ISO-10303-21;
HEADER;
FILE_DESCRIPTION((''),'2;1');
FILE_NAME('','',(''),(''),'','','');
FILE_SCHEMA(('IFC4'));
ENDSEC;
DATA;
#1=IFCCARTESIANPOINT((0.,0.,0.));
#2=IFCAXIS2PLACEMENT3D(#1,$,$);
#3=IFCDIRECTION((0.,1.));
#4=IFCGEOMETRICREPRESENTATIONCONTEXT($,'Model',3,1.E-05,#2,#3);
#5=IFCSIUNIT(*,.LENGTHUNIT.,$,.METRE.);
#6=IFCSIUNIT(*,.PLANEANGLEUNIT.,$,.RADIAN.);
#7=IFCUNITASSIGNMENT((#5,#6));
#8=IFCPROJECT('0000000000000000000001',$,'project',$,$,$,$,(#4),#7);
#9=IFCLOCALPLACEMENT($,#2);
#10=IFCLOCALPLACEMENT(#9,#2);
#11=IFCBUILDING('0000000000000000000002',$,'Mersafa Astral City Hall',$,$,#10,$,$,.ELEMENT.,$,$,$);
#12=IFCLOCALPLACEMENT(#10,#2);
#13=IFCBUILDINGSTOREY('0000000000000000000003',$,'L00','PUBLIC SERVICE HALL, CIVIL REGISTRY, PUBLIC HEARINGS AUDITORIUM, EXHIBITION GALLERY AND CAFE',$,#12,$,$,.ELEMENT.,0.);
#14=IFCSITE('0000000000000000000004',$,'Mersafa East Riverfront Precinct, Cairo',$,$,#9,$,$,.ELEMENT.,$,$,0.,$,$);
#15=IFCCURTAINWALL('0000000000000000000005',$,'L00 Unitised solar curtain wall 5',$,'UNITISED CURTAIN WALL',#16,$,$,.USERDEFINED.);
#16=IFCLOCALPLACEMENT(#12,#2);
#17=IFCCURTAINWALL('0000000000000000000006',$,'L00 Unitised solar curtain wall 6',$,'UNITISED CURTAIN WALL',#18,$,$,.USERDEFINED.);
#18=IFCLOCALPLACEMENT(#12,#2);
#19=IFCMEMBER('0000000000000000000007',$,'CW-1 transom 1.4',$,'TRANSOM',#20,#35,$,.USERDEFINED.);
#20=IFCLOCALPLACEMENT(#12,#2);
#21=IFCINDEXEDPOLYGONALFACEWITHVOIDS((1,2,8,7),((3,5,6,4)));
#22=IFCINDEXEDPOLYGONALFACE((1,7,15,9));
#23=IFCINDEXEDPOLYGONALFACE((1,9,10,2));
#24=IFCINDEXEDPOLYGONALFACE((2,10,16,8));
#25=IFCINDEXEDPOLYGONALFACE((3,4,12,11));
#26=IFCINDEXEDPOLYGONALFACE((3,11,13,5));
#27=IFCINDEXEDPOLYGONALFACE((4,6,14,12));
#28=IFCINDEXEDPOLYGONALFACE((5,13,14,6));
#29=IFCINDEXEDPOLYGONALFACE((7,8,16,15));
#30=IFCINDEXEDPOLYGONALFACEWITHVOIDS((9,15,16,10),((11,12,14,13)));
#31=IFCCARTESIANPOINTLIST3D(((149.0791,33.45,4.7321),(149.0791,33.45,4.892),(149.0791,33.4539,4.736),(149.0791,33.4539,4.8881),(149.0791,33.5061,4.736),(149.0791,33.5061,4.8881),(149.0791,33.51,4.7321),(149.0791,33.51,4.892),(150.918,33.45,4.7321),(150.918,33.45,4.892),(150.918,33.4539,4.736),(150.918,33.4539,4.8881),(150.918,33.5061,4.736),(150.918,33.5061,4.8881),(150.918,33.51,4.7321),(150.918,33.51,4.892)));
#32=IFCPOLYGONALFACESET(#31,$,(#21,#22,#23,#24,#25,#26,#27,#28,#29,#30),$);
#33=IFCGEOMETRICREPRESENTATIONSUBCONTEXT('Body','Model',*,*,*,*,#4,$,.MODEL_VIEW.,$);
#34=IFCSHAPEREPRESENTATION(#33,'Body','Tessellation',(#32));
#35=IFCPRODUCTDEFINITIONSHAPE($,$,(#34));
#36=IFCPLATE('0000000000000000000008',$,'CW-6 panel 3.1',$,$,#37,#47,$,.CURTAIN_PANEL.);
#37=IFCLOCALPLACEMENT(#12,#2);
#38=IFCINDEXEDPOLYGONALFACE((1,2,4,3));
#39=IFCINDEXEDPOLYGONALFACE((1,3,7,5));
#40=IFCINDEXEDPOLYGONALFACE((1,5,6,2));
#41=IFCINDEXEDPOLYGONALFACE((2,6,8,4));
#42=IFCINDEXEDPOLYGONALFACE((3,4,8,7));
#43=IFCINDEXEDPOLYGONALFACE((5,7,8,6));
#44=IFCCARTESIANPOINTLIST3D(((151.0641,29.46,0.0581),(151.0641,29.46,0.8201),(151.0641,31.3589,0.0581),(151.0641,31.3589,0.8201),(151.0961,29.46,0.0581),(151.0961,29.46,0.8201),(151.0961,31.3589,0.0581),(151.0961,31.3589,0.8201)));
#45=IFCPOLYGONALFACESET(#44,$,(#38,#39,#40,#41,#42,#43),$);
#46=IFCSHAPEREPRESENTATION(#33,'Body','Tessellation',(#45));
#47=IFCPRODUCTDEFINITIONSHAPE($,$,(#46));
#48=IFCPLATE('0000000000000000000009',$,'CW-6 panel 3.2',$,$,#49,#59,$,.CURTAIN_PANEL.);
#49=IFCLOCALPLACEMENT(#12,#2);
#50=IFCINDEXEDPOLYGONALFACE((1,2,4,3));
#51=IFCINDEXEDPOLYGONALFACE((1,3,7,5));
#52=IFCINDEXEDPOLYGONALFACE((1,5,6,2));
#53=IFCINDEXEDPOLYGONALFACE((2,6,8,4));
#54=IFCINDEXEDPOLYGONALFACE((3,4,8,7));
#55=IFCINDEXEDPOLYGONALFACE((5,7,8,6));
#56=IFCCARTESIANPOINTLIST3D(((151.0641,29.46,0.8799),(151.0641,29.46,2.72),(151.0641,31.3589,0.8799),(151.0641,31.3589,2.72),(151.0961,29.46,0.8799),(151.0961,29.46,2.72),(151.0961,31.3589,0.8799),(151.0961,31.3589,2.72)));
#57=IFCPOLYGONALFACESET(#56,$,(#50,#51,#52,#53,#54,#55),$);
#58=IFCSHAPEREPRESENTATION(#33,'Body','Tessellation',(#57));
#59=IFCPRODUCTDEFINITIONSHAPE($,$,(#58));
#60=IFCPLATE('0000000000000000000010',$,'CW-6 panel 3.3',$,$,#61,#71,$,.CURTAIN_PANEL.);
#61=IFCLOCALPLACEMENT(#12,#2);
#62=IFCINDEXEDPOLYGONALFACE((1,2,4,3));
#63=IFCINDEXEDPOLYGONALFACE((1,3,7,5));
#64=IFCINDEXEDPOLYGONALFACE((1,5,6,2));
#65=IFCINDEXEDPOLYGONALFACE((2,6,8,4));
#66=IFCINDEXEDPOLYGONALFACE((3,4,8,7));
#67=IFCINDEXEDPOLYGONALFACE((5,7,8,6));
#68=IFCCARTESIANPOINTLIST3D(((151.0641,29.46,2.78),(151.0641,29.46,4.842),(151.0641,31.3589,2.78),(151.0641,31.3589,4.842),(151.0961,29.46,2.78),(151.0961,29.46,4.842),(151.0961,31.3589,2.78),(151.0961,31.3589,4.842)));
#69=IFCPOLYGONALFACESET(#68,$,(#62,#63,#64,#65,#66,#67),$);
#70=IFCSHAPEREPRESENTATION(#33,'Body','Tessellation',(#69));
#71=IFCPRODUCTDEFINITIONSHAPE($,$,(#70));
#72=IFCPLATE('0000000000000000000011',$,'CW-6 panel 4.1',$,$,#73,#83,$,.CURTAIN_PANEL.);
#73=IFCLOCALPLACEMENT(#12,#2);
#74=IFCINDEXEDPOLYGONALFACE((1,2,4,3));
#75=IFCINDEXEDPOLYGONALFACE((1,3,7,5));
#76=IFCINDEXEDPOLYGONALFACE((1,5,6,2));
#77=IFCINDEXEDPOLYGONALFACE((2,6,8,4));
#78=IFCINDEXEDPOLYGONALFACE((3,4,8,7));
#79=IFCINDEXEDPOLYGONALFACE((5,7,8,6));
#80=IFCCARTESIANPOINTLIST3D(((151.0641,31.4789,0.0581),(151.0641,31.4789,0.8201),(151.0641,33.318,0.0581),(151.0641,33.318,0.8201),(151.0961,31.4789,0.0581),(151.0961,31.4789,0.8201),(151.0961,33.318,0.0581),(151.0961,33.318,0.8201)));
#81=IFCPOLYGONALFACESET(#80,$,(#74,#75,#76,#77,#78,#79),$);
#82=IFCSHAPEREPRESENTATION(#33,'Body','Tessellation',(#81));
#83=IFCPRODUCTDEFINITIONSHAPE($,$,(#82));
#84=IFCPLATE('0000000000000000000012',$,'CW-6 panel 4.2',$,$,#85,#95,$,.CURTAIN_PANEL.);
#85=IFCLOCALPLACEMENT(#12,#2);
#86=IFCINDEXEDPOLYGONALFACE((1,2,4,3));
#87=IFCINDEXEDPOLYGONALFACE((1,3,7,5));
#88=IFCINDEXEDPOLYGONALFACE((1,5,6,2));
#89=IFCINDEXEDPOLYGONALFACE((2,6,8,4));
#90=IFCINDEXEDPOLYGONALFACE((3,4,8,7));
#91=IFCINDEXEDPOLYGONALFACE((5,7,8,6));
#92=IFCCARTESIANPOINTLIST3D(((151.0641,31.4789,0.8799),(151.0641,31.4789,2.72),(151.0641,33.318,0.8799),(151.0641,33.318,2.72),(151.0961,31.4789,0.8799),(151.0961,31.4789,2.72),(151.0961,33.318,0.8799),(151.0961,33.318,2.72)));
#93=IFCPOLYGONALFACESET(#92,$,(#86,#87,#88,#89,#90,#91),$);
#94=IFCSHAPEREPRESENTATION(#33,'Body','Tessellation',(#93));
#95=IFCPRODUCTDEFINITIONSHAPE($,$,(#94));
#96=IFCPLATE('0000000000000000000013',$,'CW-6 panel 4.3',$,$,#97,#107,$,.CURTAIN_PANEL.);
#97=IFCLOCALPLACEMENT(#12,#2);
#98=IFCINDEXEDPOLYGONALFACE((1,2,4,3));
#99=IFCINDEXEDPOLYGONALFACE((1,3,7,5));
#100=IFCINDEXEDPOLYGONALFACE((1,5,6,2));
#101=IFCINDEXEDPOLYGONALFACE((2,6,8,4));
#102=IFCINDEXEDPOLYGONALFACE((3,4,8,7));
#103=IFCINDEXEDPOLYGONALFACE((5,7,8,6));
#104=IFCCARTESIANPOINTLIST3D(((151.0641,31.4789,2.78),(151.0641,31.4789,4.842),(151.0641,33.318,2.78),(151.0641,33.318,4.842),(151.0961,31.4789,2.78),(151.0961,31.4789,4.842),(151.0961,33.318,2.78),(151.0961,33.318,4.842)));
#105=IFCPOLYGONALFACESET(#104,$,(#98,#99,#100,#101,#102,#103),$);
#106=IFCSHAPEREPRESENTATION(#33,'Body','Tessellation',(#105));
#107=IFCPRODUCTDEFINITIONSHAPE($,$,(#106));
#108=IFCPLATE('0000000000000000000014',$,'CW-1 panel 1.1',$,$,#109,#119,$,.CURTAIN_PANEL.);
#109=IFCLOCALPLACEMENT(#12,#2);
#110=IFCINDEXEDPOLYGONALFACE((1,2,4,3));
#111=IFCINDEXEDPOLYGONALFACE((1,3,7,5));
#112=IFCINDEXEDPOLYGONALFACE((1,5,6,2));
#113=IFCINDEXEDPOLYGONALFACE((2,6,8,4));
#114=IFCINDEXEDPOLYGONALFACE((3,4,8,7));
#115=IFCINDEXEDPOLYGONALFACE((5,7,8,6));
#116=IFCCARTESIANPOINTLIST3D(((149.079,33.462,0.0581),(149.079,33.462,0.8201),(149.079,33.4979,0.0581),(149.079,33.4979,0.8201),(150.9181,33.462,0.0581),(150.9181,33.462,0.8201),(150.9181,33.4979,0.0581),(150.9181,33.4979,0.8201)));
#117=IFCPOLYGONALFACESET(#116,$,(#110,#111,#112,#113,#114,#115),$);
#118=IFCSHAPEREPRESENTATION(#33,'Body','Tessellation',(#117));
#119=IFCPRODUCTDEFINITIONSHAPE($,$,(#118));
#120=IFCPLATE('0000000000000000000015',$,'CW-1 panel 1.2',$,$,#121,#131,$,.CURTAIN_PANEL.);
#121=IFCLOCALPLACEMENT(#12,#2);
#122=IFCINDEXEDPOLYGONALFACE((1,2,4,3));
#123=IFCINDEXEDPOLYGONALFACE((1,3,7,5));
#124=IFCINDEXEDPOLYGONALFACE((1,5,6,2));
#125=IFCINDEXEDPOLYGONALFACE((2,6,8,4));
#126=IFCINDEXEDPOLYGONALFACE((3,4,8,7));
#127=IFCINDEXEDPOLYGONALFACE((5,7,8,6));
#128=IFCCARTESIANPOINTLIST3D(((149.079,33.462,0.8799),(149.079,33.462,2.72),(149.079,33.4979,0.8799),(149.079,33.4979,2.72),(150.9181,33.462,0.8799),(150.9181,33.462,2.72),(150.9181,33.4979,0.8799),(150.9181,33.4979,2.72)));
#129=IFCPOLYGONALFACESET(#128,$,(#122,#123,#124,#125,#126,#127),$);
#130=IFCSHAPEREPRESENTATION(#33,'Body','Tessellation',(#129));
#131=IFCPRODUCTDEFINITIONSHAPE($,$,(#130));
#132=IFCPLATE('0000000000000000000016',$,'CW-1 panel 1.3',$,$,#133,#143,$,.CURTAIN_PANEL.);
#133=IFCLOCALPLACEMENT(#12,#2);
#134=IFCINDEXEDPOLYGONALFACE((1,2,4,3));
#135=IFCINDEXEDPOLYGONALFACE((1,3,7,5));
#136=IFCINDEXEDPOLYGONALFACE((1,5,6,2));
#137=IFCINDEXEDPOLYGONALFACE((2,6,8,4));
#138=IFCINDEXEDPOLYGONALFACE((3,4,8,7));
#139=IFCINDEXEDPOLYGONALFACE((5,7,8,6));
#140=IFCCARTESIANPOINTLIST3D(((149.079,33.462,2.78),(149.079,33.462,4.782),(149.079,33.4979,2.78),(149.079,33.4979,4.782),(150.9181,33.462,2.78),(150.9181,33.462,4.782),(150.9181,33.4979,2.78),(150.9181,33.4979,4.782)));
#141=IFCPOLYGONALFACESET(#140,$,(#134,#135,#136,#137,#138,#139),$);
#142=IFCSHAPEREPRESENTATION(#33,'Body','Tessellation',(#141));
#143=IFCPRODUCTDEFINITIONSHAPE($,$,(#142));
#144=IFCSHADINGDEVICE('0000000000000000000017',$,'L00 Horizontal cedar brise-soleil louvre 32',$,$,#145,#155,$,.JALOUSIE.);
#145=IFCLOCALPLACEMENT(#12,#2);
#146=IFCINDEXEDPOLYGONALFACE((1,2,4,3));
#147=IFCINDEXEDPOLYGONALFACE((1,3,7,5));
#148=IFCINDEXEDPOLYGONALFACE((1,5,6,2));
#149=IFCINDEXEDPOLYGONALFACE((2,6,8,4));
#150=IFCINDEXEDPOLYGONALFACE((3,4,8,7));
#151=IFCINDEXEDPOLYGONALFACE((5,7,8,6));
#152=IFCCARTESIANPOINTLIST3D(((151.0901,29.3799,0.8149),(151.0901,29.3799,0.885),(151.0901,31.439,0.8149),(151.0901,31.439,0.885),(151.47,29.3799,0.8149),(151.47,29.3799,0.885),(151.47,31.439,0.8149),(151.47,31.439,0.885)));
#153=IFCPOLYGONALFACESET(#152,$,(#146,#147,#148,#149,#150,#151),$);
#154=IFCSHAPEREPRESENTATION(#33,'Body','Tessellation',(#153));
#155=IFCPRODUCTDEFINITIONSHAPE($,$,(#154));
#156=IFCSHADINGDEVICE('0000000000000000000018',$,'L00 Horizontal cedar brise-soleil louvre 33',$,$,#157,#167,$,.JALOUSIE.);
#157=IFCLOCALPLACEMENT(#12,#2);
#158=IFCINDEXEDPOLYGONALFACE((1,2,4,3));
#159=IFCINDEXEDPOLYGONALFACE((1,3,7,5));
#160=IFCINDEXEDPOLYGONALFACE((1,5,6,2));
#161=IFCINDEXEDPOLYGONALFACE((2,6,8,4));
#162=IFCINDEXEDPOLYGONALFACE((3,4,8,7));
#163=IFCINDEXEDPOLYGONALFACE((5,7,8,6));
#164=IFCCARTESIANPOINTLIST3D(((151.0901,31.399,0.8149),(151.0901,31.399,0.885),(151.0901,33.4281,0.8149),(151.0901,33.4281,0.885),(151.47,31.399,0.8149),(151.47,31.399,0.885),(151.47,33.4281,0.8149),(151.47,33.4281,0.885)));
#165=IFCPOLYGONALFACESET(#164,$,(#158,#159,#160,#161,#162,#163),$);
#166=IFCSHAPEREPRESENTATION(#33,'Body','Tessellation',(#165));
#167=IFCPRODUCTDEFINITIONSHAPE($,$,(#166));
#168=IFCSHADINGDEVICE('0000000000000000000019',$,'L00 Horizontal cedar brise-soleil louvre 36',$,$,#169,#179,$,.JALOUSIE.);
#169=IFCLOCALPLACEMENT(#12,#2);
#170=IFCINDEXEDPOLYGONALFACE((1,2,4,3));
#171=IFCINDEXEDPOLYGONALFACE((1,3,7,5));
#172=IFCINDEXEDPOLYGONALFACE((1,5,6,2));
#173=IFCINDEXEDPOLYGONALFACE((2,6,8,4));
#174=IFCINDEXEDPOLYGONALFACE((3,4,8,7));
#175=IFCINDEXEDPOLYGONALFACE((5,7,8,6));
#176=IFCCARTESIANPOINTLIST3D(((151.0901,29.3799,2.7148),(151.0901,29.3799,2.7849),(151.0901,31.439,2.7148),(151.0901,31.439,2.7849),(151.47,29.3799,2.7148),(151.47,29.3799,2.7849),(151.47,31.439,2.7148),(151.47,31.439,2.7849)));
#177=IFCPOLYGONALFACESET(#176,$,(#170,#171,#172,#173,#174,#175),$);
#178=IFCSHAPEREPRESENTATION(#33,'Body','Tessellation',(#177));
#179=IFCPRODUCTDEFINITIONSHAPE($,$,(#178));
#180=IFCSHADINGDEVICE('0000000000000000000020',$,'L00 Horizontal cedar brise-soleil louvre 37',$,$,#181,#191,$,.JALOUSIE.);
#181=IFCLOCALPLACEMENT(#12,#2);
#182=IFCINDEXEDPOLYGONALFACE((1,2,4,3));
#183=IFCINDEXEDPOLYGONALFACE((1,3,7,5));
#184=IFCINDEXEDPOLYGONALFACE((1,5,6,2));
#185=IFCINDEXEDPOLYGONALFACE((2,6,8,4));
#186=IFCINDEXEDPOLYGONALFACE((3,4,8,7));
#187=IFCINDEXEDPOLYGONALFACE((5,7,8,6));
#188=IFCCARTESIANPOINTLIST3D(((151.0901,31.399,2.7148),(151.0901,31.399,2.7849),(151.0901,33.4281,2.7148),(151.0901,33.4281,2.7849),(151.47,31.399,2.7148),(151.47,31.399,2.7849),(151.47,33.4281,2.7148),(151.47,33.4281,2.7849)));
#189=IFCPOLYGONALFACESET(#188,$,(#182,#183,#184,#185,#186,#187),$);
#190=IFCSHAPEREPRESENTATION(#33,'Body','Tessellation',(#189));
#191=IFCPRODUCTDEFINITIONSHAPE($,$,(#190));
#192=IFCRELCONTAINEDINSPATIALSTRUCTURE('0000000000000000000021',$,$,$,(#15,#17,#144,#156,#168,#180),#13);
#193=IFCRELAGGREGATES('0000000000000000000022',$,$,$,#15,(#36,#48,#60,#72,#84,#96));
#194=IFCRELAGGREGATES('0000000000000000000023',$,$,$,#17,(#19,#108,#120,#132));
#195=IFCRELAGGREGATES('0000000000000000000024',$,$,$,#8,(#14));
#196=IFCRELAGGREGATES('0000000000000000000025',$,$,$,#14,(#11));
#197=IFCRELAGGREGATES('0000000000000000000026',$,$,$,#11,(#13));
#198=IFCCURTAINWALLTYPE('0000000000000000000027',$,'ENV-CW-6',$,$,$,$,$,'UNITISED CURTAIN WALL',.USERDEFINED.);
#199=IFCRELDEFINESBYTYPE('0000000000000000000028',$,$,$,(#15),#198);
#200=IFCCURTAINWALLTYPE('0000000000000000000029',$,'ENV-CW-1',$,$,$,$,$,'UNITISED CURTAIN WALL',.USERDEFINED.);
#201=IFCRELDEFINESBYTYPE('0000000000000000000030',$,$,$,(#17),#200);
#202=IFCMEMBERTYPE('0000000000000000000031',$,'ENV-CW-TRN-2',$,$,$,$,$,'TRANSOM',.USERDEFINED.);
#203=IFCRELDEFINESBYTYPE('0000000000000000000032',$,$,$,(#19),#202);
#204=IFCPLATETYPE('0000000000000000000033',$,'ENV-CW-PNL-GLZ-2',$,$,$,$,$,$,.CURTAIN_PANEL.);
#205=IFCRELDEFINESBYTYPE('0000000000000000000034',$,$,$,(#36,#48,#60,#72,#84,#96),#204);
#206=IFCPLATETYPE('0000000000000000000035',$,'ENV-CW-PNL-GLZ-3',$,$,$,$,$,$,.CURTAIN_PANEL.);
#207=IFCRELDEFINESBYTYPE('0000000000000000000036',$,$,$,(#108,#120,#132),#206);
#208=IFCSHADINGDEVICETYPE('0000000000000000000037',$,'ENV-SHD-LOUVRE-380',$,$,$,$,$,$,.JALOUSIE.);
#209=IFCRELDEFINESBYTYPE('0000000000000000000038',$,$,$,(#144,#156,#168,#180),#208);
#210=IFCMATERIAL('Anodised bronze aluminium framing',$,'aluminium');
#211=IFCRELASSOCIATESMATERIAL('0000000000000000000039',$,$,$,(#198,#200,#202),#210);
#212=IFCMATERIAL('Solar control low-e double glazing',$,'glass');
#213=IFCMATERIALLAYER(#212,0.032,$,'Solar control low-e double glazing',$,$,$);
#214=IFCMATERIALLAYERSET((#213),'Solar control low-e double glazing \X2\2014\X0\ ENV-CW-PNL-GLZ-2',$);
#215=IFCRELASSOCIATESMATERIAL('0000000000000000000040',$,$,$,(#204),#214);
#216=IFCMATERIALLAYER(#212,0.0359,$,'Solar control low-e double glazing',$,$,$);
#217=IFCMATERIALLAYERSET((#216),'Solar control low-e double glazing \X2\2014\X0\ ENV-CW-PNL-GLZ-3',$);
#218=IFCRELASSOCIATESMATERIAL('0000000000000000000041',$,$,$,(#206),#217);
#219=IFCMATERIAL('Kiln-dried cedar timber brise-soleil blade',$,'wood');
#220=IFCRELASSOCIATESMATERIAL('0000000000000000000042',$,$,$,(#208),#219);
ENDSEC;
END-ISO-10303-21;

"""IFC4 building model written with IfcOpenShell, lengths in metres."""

from ifc_helpers import new_model, si_unit, direction, frame, origin, origin_2d, place, context, subcontext, project, spatial, rectangle, hollow_rectangle, extrude, material, layer, layer_set, material_profile, profile_set, type_object, element, aggregate, save


model = new_model("IFC4")

# Units and contexts
model_context = context("Model", 3, precision=1e-05, world=origin(), true_north=direction((0.0, 1.0)))
body_context = subcontext(model_context, "Body", "Model", "MODEL_VIEW")
ifc_project = project(units=[si_unit("LENGTHUNIT", "METRE"), si_unit("PLANEANGLEUNIT", "RADIAN")], contexts=[model_context])

# Site, building, storey
site_placement = place(None, origin())
site = spatial("IfcSite", under=ifc_project, at=site_placement, Name="Mersafa East Riverfront Precinct, Cairo", CompositionType="ELEMENT", RefElevation=0.0)
building_placement = place(site_placement, origin())
building = spatial("IfcBuilding", under=site, at=building_placement, Name="Mersafa Astral City Hall", CompositionType="ELEMENT")
storey_placement = place(building_placement, origin())
storey = spatial("IfcBuildingStorey", under=building, at=storey_placement, Name="L00", Description="PUBLIC SERVICE HALL, CIVIL REGISTRY, PUBLIC HEARINGS AUDITORIUM, EXHIBITION GALLERY AND CAFE", CompositionType="ELEMENT", Elevation=0.0)

# Curtain walls
ifc_material_1 = material(Name="Anodised bronze aluminium framing", Category="aluminium")
curtain_wall_type_1 = type_object("IfcCurtainWallType", Name="ENV-CW-6", ElementType="UNITISED CURTAIN WALL", PredefinedType="USERDEFINED", material=ifc_material_1)
curtain_wall_1_placement = place(storey_placement, origin())
curtain_wall_1 = element("IfcCurtainWall", 1, at=curtain_wall_1_placement, inside=storey, type_object=curtain_wall_type_1, Name="L00 Unitised solar curtain wall 5", ObjectType="UNITISED CURTAIN WALL", PredefinedType="USERDEFINED")
curtain_wall_type_2 = type_object("IfcCurtainWallType", Name="ENV-CW-1", ElementType="UNITISED CURTAIN WALL", PredefinedType="USERDEFINED", material=ifc_material_1)
curtain_wall_2_placement = place(storey_placement, origin())
curtain_wall_2 = element("IfcCurtainWall", 2, at=curtain_wall_2_placement, inside=storey, type_object=curtain_wall_type_2, Name="L00 Unitised solar curtain wall 6", ObjectType="UNITISED CURTAIN WALL", PredefinedType="USERDEFINED")

# Member
ifc_material_profile_1 = material_profile(ifc_material_1, hollow_rectangle(XDim=0.0601, YDim=0.1599, WallThickness=0.0039, at=origin_2d()), Name="RHS 60x160x4")
ifc_profile_set_1 = profile_set([ifc_material_profile_1], Name="Anodised bronze aluminium framing")
member_type_1 = type_object("IfcMemberType", Name="ENV-CW-TRN-2", ElementType="TRANSOM", PredefinedType="USERDEFINED", material=ifc_profile_set_1)
member_1_placement = place(storey_placement, frame((150.918, 33.48, 4.812), z_axis=(-1.0, 0.0, 0.0), x_axis=(0.0, -1.0, 0.0)))
member_1 = element("IfcMember", 3, at=member_1_placement, type_object=member_type_1, Name="CW-1 transom 1.4", ObjectType="TRANSOM", PredefinedType="USERDEFINED", context=body_context, shape_type="SweptSolid", body=[
    extrude(hollow_rectangle(XDim=0.0601, YDim=0.1599, WallThickness=0.0039, at=origin_2d()), origin(), (0.0, 0.0, 1.0), 1.8389),
])

# Plates
ifc_material_2 = material(Name="Solar control low-e double glazing", Category="glass")
ifc_layer_1 = layer(ifc_material_2, 0.032, Name="Solar control low-e double glazing")
ifc_layer_set_1 = layer_set([ifc_layer_1], Name="Solar control low-e double glazing — ENV-CW-PNL-GLZ-2")
plate_type_1 = type_object("IfcPlateType", Name="ENV-CW-PNL-GLZ-2", PredefinedType="CURTAIN_PANEL", material=ifc_layer_set_1)
plate_1_placement = place(storey_placement, frame((151.0801, 30.4094, 0.0581), z_axis=(0.0, 0.0, 1.0), x_axis=(0.0, 1.0, 0.0)))
plate_1 = element("IfcPlate", 4, at=plate_1_placement, type_object=plate_type_1, Name="CW-6 panel 3.1", PredefinedType="CURTAIN_PANEL", context=body_context, shape_type="SweptSolid", body=[
    extrude(rectangle(XDim=1.8989, YDim=0.032, at=origin_2d()), origin(), (0.0, 0.0, 1.0), 0.762),
])
plate_2_placement = place(storey_placement, frame((151.0801, 30.4094, 0.8799), z_axis=(0.0, 0.0, 1.0), x_axis=(0.0, 1.0, 0.0)))
plate_2 = element("IfcPlate", 5, at=plate_2_placement, type_object=plate_type_1, Name="CW-6 panel 3.2", PredefinedType="CURTAIN_PANEL", context=body_context, shape_type="SweptSolid", body=[
    extrude(rectangle(XDim=1.8989, YDim=0.032, at=origin_2d()), origin(), (0.0, 0.0, 1.0), 1.8401),
])
plate_3_placement = place(storey_placement, frame((151.0801, 30.4094, 2.78), z_axis=(0.0, 0.0, 1.0), x_axis=(0.0, 1.0, 0.0)))
plate_3 = element("IfcPlate", 6, at=plate_3_placement, type_object=plate_type_1, Name="CW-6 panel 3.3", PredefinedType="CURTAIN_PANEL", context=body_context, shape_type="SweptSolid", body=[
    extrude(rectangle(XDim=1.8989, YDim=0.032, at=origin_2d()), origin(), (0.0, 0.0, 1.0), 2.062),
])
plate_4_placement = place(storey_placement, frame((151.0801, 32.3984, 0.0581), z_axis=(0.0, 0.0, 1.0), x_axis=(0.0, 1.0, 0.0)))
plate_4 = element("IfcPlate", 7, at=plate_4_placement, type_object=plate_type_1, Name="CW-6 panel 4.1", PredefinedType="CURTAIN_PANEL", context=body_context, shape_type="SweptSolid", body=[
    extrude(rectangle(XDim=1.8391, YDim=0.032, at=origin_2d()), origin(), (0.0, 0.0, 1.0), 0.762),
])
plate_5_placement = place(storey_placement, frame((151.0801, 32.3984, 0.8799), z_axis=(0.0, 0.0, 1.0), x_axis=(0.0, 1.0, 0.0)))
plate_5 = element("IfcPlate", 8, at=plate_5_placement, type_object=plate_type_1, Name="CW-6 panel 4.2", PredefinedType="CURTAIN_PANEL", context=body_context, shape_type="SweptSolid", body=[
    extrude(rectangle(XDim=1.8391, YDim=0.032, at=origin_2d()), origin(), (0.0, 0.0, 1.0), 1.8401),
])
plate_6_placement = place(storey_placement, frame((151.0801, 32.3984, 2.78), z_axis=(0.0, 0.0, 1.0), x_axis=(0.0, 1.0, 0.0)))
plate_6 = element("IfcPlate", 9, at=plate_6_placement, type_object=plate_type_1, Name="CW-6 panel 4.3", PredefinedType="CURTAIN_PANEL", context=body_context, shape_type="SweptSolid", body=[
    extrude(rectangle(XDim=1.8391, YDim=0.032, at=origin_2d()), origin(), (0.0, 0.0, 1.0), 2.062),
])
aggregate(curtain_wall_1, [plate_1, plate_2, plate_3, plate_4, plate_5, plate_6])
ifc_layer_2 = layer(ifc_material_2, 0.0359, Name="Solar control low-e double glazing")
ifc_layer_set_2 = layer_set([ifc_layer_2], Name="Solar control low-e double glazing — ENV-CW-PNL-GLZ-3")
plate_type_2 = type_object("IfcPlateType", Name="ENV-CW-PNL-GLZ-3", PredefinedType="CURTAIN_PANEL", material=ifc_layer_set_2)
plate_7_placement = place(storey_placement, frame((149.9985, 33.48, 0.0581), z_axis=(0.0, 0.0, 1.0), x_axis=(-1.0, 0.0, 0.0)))
plate_7 = element("IfcPlate", 10, at=plate_7_placement, type_object=plate_type_2, Name="CW-1 panel 1.1", PredefinedType="CURTAIN_PANEL", context=body_context, shape_type="SweptSolid", body=[
    extrude(rectangle(XDim=1.8391, YDim=0.0359, at=origin_2d()), origin(), (0.0, 0.0, 1.0), 0.762),
])
plate_8_placement = place(storey_placement, frame((149.9985, 33.48, 0.8799), z_axis=(0.0, 0.0, 1.0), x_axis=(-1.0, 0.0, 0.0)))
plate_8 = element("IfcPlate", 11, at=plate_8_placement, type_object=plate_type_2, Name="CW-1 panel 1.2", PredefinedType="CURTAIN_PANEL", context=body_context, shape_type="SweptSolid", body=[
    extrude(rectangle(XDim=1.8391, YDim=0.0359, at=origin_2d()), origin(), (0.0, 0.0, 1.0), 1.8401),
])
plate_9_placement = place(storey_placement, frame((149.9985, 33.48, 2.78), z_axis=(0.0, 0.0, 1.0), x_axis=(-1.0, 0.0, 0.0)))
plate_9 = element("IfcPlate", 12, at=plate_9_placement, type_object=plate_type_2, Name="CW-1 panel 1.3", PredefinedType="CURTAIN_PANEL", context=body_context, shape_type="SweptSolid", body=[
    extrude(rectangle(XDim=1.8391, YDim=0.0359, at=origin_2d()), origin(), (0.0, 0.0, 1.0), 2.002),
])
aggregate(curtain_wall_2, [member_1, plate_7, plate_8, plate_9])

# Shading devices
ifc_material_3 = material(Name="Kiln-dried cedar timber brise-soleil blade", Category="wood")
shading_device_type = type_object("IfcShadingDeviceType", Name="ENV-SHD-LOUVRE-380", PredefinedType="JALOUSIE", material=ifc_material_3)
shading_device_1_placement = place(storey_placement, frame((151.28, 30.4094, 0.8149), z_axis=(0.0, 0.0, 1.0), x_axis=(0.0, 1.0, 0.0)))
element("IfcShadingDevice", 13, at=shading_device_1_placement, inside=storey, type_object=shading_device_type, Name="L00 Horizontal cedar brise-soleil louvre 32", PredefinedType="JALOUSIE", context=body_context, shape_type="SweptSolid", body=[
    extrude(rectangle(XDim=2.0591, YDim=0.3799, at=origin_2d()), origin(), (0.0, 0.0, 1.0), 0.0701),
])
shading_device_2_placement = place(storey_placement, frame((151.28, 32.4136, 0.8149), z_axis=(0.0, 0.0, 1.0), x_axis=(0.0, 1.0, 0.0)))
element("IfcShadingDevice", 14, at=shading_device_2_placement, inside=storey, type_object=shading_device_type, Name="L00 Horizontal cedar brise-soleil louvre 33", PredefinedType="JALOUSIE", context=body_context, shape_type="SweptSolid", body=[
    extrude(rectangle(XDim=2.0291, YDim=0.3799, at=origin_2d()), origin(), (0.0, 0.0, 1.0), 0.0701),
])
shading_device_3_placement = place(storey_placement, frame((151.28, 30.4094, 2.7148), z_axis=(0.0, 0.0, 1.0), x_axis=(0.0, 1.0, 0.0)))
element("IfcShadingDevice", 15, at=shading_device_3_placement, inside=storey, type_object=shading_device_type, Name="L00 Horizontal cedar brise-soleil louvre 36", PredefinedType="JALOUSIE", context=body_context, shape_type="SweptSolid", body=[
    extrude(rectangle(XDim=2.0591, YDim=0.3799, at=origin_2d()), origin(), (0.0, 0.0, 1.0), 0.0701),
])
shading_device_4_placement = place(storey_placement, frame((151.28, 32.4136, 2.7148), z_axis=(0.0, 0.0, 1.0), x_axis=(0.0, 1.0, 0.0)))
element("IfcShadingDevice", 16, at=shading_device_4_placement, inside=storey, type_object=shading_device_type, Name="L00 Horizontal cedar brise-soleil louvre 37", PredefinedType="JALOUSIE", context=body_context, shape_type="SweptSolid", body=[
    extrude(rectangle(XDim=2.0291, YDim=0.3799, at=origin_2d()), origin(), (0.0, 0.0, 1.0), 0.0701),
])

save(model, "model.ifc")
